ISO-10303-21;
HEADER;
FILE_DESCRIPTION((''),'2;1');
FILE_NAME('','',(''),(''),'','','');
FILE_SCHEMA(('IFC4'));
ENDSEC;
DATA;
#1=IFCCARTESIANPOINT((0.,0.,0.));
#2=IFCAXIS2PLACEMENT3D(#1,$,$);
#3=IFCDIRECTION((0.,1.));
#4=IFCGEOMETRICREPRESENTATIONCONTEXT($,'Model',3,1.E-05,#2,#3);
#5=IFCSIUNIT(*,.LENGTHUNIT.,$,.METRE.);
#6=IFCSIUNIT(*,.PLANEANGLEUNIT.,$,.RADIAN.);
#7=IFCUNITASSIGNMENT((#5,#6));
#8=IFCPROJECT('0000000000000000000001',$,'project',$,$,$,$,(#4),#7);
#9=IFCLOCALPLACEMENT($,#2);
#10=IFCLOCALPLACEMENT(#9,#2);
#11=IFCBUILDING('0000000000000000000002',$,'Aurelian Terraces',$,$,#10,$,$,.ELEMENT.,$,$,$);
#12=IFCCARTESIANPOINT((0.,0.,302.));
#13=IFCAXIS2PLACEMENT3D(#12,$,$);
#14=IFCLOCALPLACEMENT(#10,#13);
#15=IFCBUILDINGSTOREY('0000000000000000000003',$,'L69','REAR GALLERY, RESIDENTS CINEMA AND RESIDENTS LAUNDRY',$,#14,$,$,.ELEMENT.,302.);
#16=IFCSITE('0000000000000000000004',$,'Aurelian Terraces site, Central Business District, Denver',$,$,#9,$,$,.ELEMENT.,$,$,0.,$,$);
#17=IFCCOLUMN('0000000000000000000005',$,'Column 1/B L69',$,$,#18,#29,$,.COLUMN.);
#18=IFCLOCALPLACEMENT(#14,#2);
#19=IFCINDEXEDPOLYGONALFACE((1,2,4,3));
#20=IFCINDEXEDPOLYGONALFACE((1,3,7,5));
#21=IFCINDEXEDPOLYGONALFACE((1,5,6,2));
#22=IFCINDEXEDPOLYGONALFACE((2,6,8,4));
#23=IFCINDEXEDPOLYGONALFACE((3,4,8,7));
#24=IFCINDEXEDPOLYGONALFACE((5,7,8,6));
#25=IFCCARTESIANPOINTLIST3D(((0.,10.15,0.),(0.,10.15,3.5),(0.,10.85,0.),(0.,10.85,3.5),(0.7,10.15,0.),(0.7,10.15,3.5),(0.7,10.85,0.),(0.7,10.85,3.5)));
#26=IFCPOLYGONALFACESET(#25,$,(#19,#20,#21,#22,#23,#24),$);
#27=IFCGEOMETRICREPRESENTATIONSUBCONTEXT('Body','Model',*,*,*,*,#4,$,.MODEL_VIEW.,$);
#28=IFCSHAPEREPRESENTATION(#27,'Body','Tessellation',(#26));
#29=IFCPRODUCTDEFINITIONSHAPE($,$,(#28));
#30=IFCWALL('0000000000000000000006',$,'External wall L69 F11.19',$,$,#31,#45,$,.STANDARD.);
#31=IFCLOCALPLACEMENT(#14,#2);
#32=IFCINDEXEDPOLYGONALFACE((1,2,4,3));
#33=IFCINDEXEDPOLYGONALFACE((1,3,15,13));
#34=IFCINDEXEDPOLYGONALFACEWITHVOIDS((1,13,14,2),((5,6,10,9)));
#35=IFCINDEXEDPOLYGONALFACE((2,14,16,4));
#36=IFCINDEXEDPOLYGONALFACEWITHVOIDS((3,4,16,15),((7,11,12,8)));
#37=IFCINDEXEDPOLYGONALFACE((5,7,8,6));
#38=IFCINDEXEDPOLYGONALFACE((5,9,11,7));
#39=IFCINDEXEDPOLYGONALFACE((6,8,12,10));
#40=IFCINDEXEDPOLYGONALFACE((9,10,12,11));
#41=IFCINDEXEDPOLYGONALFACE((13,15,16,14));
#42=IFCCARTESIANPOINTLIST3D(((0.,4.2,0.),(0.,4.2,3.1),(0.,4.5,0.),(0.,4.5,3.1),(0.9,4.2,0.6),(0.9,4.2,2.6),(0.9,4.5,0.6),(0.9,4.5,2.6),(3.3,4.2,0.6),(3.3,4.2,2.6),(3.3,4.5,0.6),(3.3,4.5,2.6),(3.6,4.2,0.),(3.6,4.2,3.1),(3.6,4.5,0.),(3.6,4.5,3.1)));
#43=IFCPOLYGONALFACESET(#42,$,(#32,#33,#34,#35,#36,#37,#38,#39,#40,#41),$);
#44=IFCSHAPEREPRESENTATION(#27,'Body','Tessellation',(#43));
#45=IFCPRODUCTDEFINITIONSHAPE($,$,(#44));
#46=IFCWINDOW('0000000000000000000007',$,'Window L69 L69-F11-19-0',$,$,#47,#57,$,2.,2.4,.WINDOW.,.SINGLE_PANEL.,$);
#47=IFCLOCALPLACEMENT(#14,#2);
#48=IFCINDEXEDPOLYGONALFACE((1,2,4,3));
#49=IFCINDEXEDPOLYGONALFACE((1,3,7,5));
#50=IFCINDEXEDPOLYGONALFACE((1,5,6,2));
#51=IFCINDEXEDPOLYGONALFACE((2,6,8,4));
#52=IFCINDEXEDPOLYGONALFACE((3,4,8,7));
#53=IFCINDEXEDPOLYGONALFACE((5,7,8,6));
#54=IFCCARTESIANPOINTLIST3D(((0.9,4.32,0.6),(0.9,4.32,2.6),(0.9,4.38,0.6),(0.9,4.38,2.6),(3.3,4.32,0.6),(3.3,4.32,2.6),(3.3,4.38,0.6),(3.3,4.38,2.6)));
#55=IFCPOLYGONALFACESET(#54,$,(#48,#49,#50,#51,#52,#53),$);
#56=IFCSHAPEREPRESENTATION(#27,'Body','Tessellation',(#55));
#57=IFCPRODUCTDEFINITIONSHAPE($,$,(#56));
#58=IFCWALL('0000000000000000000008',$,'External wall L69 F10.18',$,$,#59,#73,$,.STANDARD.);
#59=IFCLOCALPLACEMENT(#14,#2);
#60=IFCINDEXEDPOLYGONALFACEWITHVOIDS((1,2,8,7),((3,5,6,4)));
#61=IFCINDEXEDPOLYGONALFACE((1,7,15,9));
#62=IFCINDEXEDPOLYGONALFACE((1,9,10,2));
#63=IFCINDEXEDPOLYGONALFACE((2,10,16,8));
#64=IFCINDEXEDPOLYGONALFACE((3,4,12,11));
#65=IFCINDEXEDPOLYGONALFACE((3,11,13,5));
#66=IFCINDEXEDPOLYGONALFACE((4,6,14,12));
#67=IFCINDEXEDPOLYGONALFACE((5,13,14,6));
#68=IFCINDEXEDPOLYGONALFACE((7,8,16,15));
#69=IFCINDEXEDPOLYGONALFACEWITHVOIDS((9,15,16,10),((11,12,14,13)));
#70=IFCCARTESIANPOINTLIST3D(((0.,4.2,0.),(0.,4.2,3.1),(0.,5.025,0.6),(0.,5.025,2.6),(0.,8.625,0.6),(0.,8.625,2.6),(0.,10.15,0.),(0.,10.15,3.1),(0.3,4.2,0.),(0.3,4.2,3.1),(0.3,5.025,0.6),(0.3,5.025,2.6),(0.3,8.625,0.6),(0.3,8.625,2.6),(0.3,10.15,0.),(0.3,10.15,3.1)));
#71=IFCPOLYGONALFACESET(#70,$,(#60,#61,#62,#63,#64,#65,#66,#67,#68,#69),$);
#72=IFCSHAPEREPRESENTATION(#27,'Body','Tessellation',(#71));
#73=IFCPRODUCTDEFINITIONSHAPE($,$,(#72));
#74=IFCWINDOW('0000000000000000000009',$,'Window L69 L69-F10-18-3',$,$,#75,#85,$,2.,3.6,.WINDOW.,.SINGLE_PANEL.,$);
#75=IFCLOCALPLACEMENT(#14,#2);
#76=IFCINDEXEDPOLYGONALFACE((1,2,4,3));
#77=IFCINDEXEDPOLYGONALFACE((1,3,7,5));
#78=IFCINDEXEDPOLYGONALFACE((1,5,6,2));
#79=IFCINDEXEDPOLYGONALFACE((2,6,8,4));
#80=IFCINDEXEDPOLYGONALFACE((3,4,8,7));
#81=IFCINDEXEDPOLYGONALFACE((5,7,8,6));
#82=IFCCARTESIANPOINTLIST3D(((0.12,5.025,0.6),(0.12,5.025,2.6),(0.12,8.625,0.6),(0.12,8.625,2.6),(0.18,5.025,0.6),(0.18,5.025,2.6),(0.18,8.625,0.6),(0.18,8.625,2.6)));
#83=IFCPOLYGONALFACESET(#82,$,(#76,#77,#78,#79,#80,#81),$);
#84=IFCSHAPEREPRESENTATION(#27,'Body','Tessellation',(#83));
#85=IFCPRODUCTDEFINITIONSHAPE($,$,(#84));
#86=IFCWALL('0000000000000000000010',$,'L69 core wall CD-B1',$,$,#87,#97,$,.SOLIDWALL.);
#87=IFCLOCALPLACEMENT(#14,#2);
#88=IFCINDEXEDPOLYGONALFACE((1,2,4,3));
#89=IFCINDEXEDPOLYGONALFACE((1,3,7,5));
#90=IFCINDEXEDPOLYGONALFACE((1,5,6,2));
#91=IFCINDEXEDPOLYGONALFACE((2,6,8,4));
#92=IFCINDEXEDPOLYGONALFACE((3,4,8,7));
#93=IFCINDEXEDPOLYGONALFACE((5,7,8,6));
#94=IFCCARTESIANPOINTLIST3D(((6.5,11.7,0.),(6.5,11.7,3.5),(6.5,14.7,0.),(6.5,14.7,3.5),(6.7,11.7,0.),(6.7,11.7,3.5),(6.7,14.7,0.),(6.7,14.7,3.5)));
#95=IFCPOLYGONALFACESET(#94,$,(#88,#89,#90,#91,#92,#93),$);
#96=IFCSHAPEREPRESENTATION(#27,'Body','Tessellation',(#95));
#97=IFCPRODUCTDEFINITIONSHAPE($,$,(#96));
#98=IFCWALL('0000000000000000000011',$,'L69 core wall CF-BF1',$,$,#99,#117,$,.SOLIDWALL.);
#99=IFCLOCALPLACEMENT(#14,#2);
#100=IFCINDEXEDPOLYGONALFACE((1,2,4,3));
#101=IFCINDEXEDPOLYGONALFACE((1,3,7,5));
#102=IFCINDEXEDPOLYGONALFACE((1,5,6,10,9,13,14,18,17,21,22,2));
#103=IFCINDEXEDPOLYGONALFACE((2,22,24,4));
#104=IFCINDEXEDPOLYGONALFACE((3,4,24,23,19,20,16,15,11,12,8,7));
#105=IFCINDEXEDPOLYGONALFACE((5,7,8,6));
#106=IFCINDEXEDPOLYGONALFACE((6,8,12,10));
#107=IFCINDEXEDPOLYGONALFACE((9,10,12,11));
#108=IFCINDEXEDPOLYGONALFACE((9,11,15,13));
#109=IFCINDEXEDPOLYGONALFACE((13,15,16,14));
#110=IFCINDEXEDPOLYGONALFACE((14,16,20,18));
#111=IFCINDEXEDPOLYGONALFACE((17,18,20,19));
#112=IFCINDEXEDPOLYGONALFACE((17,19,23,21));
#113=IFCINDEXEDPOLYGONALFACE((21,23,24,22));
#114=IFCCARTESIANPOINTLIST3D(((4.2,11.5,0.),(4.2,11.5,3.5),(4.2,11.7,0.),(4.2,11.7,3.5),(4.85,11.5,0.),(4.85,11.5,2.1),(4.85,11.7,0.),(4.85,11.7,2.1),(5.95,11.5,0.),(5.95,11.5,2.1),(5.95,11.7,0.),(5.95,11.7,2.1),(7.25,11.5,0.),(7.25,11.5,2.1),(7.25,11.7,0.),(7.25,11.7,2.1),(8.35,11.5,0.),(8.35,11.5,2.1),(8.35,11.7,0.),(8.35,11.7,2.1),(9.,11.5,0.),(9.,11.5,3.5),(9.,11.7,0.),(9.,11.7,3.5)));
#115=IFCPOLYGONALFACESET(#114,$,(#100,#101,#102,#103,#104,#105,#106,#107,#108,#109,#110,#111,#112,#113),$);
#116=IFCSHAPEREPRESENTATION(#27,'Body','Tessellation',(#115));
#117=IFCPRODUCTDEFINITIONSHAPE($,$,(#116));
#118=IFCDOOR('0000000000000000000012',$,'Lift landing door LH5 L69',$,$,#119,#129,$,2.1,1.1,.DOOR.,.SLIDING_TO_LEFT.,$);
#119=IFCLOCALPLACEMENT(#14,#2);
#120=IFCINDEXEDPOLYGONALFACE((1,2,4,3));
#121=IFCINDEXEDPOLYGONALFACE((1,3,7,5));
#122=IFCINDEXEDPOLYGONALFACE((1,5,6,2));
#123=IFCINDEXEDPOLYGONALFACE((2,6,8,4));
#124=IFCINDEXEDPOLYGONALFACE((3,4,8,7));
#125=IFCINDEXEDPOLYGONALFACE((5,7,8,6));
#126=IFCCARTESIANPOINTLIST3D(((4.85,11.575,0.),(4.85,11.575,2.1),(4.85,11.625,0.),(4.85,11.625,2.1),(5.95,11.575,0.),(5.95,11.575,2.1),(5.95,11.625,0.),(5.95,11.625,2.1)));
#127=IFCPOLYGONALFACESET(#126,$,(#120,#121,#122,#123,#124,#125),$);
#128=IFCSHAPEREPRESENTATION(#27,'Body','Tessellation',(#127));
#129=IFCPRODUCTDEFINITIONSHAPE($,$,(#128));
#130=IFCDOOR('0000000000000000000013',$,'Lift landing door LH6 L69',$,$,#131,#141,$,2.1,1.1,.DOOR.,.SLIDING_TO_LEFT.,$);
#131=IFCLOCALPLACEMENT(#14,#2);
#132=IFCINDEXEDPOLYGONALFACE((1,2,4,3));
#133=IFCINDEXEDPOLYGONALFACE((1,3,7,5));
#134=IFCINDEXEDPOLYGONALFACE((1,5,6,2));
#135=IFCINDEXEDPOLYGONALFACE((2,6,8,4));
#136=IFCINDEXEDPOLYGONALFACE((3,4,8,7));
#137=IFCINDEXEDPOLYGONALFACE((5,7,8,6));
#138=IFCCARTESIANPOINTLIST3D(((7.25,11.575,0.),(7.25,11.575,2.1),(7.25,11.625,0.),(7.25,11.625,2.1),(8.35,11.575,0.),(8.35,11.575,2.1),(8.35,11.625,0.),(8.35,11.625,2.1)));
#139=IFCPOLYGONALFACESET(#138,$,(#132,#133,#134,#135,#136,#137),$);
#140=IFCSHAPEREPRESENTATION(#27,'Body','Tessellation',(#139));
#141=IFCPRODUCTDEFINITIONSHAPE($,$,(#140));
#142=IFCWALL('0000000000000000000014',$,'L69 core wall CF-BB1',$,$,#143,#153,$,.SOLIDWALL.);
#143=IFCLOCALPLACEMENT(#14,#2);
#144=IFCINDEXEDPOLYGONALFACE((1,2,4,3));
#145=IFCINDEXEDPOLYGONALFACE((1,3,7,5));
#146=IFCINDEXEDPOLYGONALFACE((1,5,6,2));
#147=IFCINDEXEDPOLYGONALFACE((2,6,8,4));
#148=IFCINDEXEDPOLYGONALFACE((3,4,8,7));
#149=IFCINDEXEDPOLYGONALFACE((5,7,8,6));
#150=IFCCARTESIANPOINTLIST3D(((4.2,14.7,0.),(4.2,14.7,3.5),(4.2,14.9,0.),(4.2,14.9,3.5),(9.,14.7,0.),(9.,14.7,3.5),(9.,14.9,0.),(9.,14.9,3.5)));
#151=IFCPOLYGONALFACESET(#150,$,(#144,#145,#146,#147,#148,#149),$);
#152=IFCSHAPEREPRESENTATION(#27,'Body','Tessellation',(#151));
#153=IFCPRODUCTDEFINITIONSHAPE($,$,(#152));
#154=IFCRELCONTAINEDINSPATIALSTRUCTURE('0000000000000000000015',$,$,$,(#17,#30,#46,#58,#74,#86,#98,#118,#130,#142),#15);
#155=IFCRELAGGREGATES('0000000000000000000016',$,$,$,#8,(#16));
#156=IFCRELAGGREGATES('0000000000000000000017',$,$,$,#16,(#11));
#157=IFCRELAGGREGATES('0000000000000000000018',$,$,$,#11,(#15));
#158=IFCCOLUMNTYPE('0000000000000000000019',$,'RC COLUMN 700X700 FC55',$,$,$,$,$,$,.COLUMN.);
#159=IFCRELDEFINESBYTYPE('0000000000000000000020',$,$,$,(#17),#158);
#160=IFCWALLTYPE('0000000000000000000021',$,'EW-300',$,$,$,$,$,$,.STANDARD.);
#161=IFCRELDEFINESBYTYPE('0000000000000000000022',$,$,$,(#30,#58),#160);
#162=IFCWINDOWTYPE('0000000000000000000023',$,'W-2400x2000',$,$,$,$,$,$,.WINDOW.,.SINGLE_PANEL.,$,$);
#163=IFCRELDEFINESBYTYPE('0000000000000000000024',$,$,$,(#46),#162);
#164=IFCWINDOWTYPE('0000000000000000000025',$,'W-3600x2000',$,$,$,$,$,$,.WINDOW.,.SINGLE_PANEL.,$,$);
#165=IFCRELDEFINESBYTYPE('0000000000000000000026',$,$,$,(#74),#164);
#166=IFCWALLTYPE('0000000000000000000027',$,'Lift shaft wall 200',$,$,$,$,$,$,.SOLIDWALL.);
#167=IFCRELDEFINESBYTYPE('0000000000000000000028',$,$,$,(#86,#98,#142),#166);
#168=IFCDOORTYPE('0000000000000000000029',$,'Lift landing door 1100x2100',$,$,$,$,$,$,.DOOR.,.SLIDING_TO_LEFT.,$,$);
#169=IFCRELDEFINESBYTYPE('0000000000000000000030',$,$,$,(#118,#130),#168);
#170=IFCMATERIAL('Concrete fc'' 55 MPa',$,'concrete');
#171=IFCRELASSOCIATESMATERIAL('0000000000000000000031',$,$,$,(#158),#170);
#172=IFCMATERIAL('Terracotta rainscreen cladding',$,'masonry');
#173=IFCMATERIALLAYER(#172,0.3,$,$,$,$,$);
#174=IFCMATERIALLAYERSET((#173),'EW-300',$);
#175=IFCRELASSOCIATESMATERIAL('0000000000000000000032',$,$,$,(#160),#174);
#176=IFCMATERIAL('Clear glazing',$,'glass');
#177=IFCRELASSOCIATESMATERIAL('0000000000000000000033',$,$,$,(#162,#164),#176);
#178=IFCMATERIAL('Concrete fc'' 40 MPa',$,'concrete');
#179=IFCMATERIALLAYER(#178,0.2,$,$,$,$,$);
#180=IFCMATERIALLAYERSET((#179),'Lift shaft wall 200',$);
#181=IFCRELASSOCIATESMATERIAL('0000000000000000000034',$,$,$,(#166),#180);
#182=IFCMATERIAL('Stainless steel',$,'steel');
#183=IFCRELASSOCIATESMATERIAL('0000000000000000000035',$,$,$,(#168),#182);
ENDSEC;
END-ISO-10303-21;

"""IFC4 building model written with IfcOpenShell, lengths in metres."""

from ifc_helpers import new_model, si_unit, direction, frame, frame_2d, origin, origin_2d, place, context, subcontext, project, spatial, rectangle, extrude, source, transform, mapped, material, layer, layer_set, material_profile, profile_set, type_object, element, fill, save


model = new_model("IFC4")

# Units and contexts
model_context = context("Model", 3, precision=1e-05, world=origin(), true_north=direction((0.0, 1.0)))
body_context = subcontext(model_context, "Body", "Model", "MODEL_VIEW")
ifc_project = project(units=[si_unit("LENGTHUNIT", "METRE"), si_unit("PLANEANGLEUNIT", "RADIAN")], contexts=[model_context])

# Site, building, storey
site_placement = place(None, origin())
site = spatial("IfcSite", under=ifc_project, at=site_placement, Name="Aurelian Terraces site, Central Business District, Denver", CompositionType="ELEMENT", RefElevation=0.0)
building_placement = place(site_placement, origin())
building = spatial("IfcBuilding", under=site, at=building_placement, Name="Aurelian Terraces", CompositionType="ELEMENT")
storey_placement = place(building_placement, frame((0.0, 0.0, 302.0)))
storey = spatial("IfcBuildingStorey", under=building, at=storey_placement, Name="L69", Description="REAR GALLERY, RESIDENTS CINEMA AND RESIDENTS LAUNDRY", CompositionType="ELEMENT", Elevation=302.0)

# Column
ifc_material_1 = material(Name="Concrete fc' 55 MPa", Category="concrete")
ifc_material_profile = material_profile(ifc_material_1, rectangle(XDim=0.7, YDim=0.7, at=origin_2d()))
ifc_profile_set = profile_set([ifc_material_profile], Name="Concrete fc' 55 MPa")
column_type = type_object("IfcColumnType", Name="RC COLUMN 700X700 FC55", PredefinedType="COLUMN", material=ifc_profile_set)
shared_shape_1 = source(origin(), body_context, "Body", "SweptSolid", [
    extrude(rectangle(XDim=0.7, YDim=0.7, at=origin_2d()), origin(), (0.0, 0.0, 1.0), 3.5),
])
column_placement = place(storey_placement, frame((0.35, 10.5, 0.0), z_axis=(0.0, 0.0, 1.0), x_axis=(1.0, 0.0, 0.0)))
element("IfcColumn", 1, at=column_placement, inside=storey, type_object=column_type, Name="Column 1/B L69", PredefinedType="COLUMN", context=body_context, shape_type="MappedRepresentation", body=[
    mapped(shared_shape_1, transform((0.0, 0.0, 0.0), scale=1.0)),
])

# Walls, openings, windows
ifc_material_2 = material(Name="Terracotta rainscreen cladding", Category="masonry")
ifc_layer_1 = layer(ifc_material_2, 0.3)
ifc_layer_set_1 = layer_set([ifc_layer_1], Name="EW-300")
wall_type_1 = type_object("IfcWallType", Name="EW-300", PredefinedType="STANDARD", material=ifc_layer_set_1)
shared_shape_2 = source(origin(), body_context, "Body", "SweptSolid", [
    extrude(rectangle(XDim=3.6, YDim=0.3, at=frame_2d((1.8, 0.0))), origin(), (0.0, 0.0, 1.0), 3.1),
])
wall_1_placement = place(storey_placement, frame((0.0, 4.35, 0.0), z_axis=(0.0, 0.0, 1.0), x_axis=(1.0, 0.0, 0.0)))
wall_1 = element("IfcWall", 2, at=wall_1_placement, inside=storey, type_object=wall_type_1, Name="External wall L69 F11.19", PredefinedType="STANDARD", context=body_context, shape_type="MappedRepresentation", body=[
    mapped(shared_shape_2, transform((0.0, 0.0, 0.0), scale=1.0)),
])
shared_shape_3 = source(origin(), body_context, "Body", "SweptSolid", [
    extrude(rectangle(XDim=2.4, YDim=2.0, at=frame_2d((1.2, 1.0))), frame((0.0, 0.16, 0.0), z_axis=(0.0, -1.0, 0.0), x_axis=(1.0, 0.0, 0.0)), (0.0, 0.0, 1.0), 0.32),
])
opening_1_placement = place(wall_1_placement, frame((0.9, 0.0, 0.6)))
opening_1 = element("IfcOpeningElement", 3, at=opening_1_placement, cuts=wall_1, PredefinedType="OPENING", context=body_context, shape_type="MappedRepresentation", body=[
    mapped(shared_shape_3, transform((0.0, 0.0, 0.0), scale=1.0)),
])
ifc_material_3 = material(Name="Clear glazing", Category="glass")
window_type_1 = type_object("IfcWindowType", Name="W-2400x2000", PartitioningType="SINGLE_PANEL", PredefinedType="WINDOW", material=ifc_material_3)
shared_shape_4 = source(origin(), body_context, "Body", "SweptSolid", [
    extrude(rectangle(XDim=2.4, YDim=2.0, at=frame_2d((1.2, 1.0))), frame((0.0, 0.03, 0.0), z_axis=(0.0, -1.0, 0.0), x_axis=(1.0, 0.0, 0.0)), (0.0, 0.0, 1.0), 0.06),
])
window_1_placement = place(opening_1_placement, origin())
window_1 = element("IfcWindow", 4, at=window_1_placement, inside=storey, type_object=window_type_1, Name="Window L69 L69-F11-19-0", OverallHeight=2.0, OverallWidth=2.4, PartitioningType="SINGLE_PANEL", PredefinedType="WINDOW", context=body_context, shape_type="MappedRepresentation", body=[
    mapped(shared_shape_4, transform((0.0, 0.0, 0.0), scale=1.0)),
])
fill(opening_1, window_1)
shared_shape_5 = source(origin(), body_context, "Body", "SweptSolid", [
    extrude(rectangle(XDim=5.95, YDim=0.3, at=frame_2d((2.975, 0.0))), origin(), (0.0, 0.0, 1.0), 3.1),
])
wall_2_placement = place(storey_placement, frame((0.15, 10.15, 0.0), z_axis=(0.0, 0.0, 1.0), x_axis=(0.0, -1.0, 0.0)))
wall_2 = element("IfcWall", 5, at=wall_2_placement, inside=storey, type_object=wall_type_1, Name="External wall L69 F10.18", PredefinedType="STANDARD", context=body_context, shape_type="MappedRepresentation", body=[
    mapped(shared_shape_5, transform((0.0, 0.0, 0.0), scale=1.0)),
])
shared_shape_6 = source(origin(), body_context, "Body", "SweptSolid", [
    extrude(rectangle(XDim=3.6, YDim=2.0, at=frame_2d((1.8, 1.0))), frame((0.0, 0.16, 0.0), z_axis=(0.0, -1.0, 0.0), x_axis=(1.0, 0.0, 0.0)), (0.0, 0.0, 1.0), 0.32),
])
opening_2_placement = place(wall_2_placement, frame((1.525, 0.0, 0.6)))
opening_2 = element("IfcOpeningElement", 6, at=opening_2_placement, cuts=wall_2, PredefinedType="OPENING", context=body_context, shape_type="MappedRepresentation", body=[
    mapped(shared_shape_6, transform((0.0, 0.0, 0.0), scale=1.0)),
])
window_type_2 = type_object("IfcWindowType", Name="W-3600x2000", PartitioningType="SINGLE_PANEL", PredefinedType="WINDOW", material=ifc_material_3)
shared_shape_7 = source(origin(), body_context, "Body", "SweptSolid", [
    extrude(rectangle(XDim=3.6, YDim=2.0, at=frame_2d((1.8, 1.0))), frame((0.0, 0.03, 0.0), z_axis=(0.0, -1.0, 0.0), x_axis=(1.0, 0.0, 0.0)), (0.0, 0.0, 1.0), 0.06),
])
window_2_placement = place(opening_2_placement, origin())
window_2 = element("IfcWindow", 7, at=window_2_placement, inside=storey, type_object=window_type_2, Name="Window L69 L69-F10-18-3", OverallHeight=2.0, OverallWidth=3.6, PartitioningType="SINGLE_PANEL", PredefinedType="WINDOW", context=body_context, shape_type="MappedRepresentation", body=[
    mapped(shared_shape_7, transform((0.0, 0.0, 0.0), scale=1.0)),
])
fill(opening_2, window_2)

# Wall
ifc_material_4 = material(Name="Concrete fc' 40 MPa", Category="concrete")
ifc_layer_2 = layer(ifc_material_4, 0.2)
ifc_layer_set_2 = layer_set([ifc_layer_2], Name="Lift shaft wall 200")
wall_type_2 = type_object("IfcWallType", Name="Lift shaft wall 200", PredefinedType="SOLIDWALL", material=ifc_layer_set_2)
shared_shape_8 = source(origin(), body_context, "Body", "SweptSolid", [
    extrude(rectangle(XDim=3.0, YDim=0.2, at=frame_2d((1.5, 0.0))), origin(), (0.0, 0.0, 1.0), 3.5),
])
wall_3_placement = place(storey_placement, frame((6.6, 11.7, 0.0), z_axis=(0.0, 0.0, 1.0), x_axis=(0.0, 1.0, 0.0)))
element("IfcWall", 8, at=wall_3_placement, inside=storey, type_object=wall_type_2, Name="L69 core wall CD-B1", PredefinedType="SOLIDWALL", context=body_context, shape_type="MappedRepresentation", body=[
    mapped(shared_shape_8, transform((0.0, 0.0, 0.0), scale=1.0)),
])

# Wall, openings, doors
shared_shape_9 = source(origin(), body_context, "Body", "SweptSolid", [
    extrude(rectangle(XDim=4.8, YDim=0.2, at=frame_2d((2.4, 0.0))), origin(), (0.0, 0.0, 1.0), 3.5),
])
wall_4_placement = place(storey_placement, frame((4.2, 11.6, 0.0), z_axis=(0.0, 0.0, 1.0), x_axis=(1.0, 0.0, 0.0)))
wall_4 = element("IfcWall", 9, at=wall_4_placement, inside=storey, type_object=wall_type_2, Name="L69 core wall CF-BF1", PredefinedType="SOLIDWALL", context=body_context, shape_type="MappedRepresentation", body=[
    mapped(shared_shape_9, transform((0.0, 0.0, 0.0), scale=1.0)),
])
shared_shape_10 = source(origin(), body_context, "Body", "SweptSolid", [
    extrude(rectangle(XDim=1.1, YDim=2.1, at=frame_2d((0.55, 1.05))), frame((0.0, 0.11, 0.0), z_axis=(0.0, -1.0, 0.0), x_axis=(1.0, 0.0, 0.0)), (0.0, 0.0, 1.0), 0.22),
])
opening_3_placement = place(wall_4_placement, frame((0.65, 0.0, 0.0)))
opening_3 = element("IfcOpeningElement", 10, at=opening_3_placement, cuts=wall_4, PredefinedType="OPENING", context=body_context, shape_type="MappedRepresentation", body=[
    mapped(shared_shape_10, transform((0.0, 0.0, 0.0), scale=1.0)),
])
opening_4_placement = place(wall_4_placement, frame((3.05, 0.0, 0.0)))
opening_4 = element("IfcOpeningElement", 11, at=opening_4_placement, cuts=wall_4, PredefinedType="OPENING", context=body_context, shape_type="MappedRepresentation", body=[
    mapped(shared_shape_10, transform((0.0, 0.0, 0.0), scale=1.0)),
])
ifc_material_5 = material(Name="Stainless steel", Category="steel")
door_type_1 = type_object("IfcDoorType", Name="Lift landing door 1100x2100", OperationType="SLIDING_TO_LEFT", PredefinedType="DOOR", material=ifc_material_5)
shared_shape_11 = source(origin(), body_context, "Body", "SweptSolid", [
    extrude(rectangle(XDim=1.1, YDim=2.1, at=frame_2d((0.55, 1.05))), frame((0.0, 0.025, 0.0), z_axis=(0.0, -1.0, 0.0), x_axis=(1.0, 0.0, 0.0)), (0.0, 0.0, 1.0), 0.05),
])
door_1_placement = place(opening_3_placement, origin())
door_1 = element("IfcDoor", 12, at=door_1_placement, inside=storey, type_object=door_type_1, Name="Lift landing door LH5 L69", OperationType="SLIDING_TO_LEFT", OverallHeight=2.1, OverallWidth=1.1, PredefinedType="DOOR", context=body_context, shape_type="MappedRepresentation", body=[
    mapped(shared_shape_11, transform((0.0, 0.0, 0.0), scale=1.0)),
])
fill(opening_3, door_1)
door_2_placement = place(opening_4_placement, origin())
door_2 = element("IfcDoor", 13, at=door_2_placement, inside=storey, type_object=door_type_1, Name="Lift landing door LH6 L69", OperationType="SLIDING_TO_LEFT", OverallHeight=2.1, OverallWidth=1.1, PredefinedType="DOOR", context=body_context, shape_type="MappedRepresentation", body=[
    mapped(shared_shape_11, transform((0.0, 0.0, 0.0), scale=1.0)),
])
fill(opening_4, door_2)

# Wall
wall_5_placement = place(storey_placement, frame((4.2, 14.8, 0.0), z_axis=(0.0, 0.0, 1.0), x_axis=(1.0, 0.0, 0.0)))
element("IfcWall", 14, at=wall_5_placement, inside=storey, type_object=wall_type_2, Name="L69 core wall CF-BB1", PredefinedType="SOLIDWALL", context=body_context, shape_type="MappedRepresentation", body=[
    mapped(shared_shape_9, transform((0.0, 0.0, 0.0), scale=1.0)),
])

save(model, "model.ifc")
